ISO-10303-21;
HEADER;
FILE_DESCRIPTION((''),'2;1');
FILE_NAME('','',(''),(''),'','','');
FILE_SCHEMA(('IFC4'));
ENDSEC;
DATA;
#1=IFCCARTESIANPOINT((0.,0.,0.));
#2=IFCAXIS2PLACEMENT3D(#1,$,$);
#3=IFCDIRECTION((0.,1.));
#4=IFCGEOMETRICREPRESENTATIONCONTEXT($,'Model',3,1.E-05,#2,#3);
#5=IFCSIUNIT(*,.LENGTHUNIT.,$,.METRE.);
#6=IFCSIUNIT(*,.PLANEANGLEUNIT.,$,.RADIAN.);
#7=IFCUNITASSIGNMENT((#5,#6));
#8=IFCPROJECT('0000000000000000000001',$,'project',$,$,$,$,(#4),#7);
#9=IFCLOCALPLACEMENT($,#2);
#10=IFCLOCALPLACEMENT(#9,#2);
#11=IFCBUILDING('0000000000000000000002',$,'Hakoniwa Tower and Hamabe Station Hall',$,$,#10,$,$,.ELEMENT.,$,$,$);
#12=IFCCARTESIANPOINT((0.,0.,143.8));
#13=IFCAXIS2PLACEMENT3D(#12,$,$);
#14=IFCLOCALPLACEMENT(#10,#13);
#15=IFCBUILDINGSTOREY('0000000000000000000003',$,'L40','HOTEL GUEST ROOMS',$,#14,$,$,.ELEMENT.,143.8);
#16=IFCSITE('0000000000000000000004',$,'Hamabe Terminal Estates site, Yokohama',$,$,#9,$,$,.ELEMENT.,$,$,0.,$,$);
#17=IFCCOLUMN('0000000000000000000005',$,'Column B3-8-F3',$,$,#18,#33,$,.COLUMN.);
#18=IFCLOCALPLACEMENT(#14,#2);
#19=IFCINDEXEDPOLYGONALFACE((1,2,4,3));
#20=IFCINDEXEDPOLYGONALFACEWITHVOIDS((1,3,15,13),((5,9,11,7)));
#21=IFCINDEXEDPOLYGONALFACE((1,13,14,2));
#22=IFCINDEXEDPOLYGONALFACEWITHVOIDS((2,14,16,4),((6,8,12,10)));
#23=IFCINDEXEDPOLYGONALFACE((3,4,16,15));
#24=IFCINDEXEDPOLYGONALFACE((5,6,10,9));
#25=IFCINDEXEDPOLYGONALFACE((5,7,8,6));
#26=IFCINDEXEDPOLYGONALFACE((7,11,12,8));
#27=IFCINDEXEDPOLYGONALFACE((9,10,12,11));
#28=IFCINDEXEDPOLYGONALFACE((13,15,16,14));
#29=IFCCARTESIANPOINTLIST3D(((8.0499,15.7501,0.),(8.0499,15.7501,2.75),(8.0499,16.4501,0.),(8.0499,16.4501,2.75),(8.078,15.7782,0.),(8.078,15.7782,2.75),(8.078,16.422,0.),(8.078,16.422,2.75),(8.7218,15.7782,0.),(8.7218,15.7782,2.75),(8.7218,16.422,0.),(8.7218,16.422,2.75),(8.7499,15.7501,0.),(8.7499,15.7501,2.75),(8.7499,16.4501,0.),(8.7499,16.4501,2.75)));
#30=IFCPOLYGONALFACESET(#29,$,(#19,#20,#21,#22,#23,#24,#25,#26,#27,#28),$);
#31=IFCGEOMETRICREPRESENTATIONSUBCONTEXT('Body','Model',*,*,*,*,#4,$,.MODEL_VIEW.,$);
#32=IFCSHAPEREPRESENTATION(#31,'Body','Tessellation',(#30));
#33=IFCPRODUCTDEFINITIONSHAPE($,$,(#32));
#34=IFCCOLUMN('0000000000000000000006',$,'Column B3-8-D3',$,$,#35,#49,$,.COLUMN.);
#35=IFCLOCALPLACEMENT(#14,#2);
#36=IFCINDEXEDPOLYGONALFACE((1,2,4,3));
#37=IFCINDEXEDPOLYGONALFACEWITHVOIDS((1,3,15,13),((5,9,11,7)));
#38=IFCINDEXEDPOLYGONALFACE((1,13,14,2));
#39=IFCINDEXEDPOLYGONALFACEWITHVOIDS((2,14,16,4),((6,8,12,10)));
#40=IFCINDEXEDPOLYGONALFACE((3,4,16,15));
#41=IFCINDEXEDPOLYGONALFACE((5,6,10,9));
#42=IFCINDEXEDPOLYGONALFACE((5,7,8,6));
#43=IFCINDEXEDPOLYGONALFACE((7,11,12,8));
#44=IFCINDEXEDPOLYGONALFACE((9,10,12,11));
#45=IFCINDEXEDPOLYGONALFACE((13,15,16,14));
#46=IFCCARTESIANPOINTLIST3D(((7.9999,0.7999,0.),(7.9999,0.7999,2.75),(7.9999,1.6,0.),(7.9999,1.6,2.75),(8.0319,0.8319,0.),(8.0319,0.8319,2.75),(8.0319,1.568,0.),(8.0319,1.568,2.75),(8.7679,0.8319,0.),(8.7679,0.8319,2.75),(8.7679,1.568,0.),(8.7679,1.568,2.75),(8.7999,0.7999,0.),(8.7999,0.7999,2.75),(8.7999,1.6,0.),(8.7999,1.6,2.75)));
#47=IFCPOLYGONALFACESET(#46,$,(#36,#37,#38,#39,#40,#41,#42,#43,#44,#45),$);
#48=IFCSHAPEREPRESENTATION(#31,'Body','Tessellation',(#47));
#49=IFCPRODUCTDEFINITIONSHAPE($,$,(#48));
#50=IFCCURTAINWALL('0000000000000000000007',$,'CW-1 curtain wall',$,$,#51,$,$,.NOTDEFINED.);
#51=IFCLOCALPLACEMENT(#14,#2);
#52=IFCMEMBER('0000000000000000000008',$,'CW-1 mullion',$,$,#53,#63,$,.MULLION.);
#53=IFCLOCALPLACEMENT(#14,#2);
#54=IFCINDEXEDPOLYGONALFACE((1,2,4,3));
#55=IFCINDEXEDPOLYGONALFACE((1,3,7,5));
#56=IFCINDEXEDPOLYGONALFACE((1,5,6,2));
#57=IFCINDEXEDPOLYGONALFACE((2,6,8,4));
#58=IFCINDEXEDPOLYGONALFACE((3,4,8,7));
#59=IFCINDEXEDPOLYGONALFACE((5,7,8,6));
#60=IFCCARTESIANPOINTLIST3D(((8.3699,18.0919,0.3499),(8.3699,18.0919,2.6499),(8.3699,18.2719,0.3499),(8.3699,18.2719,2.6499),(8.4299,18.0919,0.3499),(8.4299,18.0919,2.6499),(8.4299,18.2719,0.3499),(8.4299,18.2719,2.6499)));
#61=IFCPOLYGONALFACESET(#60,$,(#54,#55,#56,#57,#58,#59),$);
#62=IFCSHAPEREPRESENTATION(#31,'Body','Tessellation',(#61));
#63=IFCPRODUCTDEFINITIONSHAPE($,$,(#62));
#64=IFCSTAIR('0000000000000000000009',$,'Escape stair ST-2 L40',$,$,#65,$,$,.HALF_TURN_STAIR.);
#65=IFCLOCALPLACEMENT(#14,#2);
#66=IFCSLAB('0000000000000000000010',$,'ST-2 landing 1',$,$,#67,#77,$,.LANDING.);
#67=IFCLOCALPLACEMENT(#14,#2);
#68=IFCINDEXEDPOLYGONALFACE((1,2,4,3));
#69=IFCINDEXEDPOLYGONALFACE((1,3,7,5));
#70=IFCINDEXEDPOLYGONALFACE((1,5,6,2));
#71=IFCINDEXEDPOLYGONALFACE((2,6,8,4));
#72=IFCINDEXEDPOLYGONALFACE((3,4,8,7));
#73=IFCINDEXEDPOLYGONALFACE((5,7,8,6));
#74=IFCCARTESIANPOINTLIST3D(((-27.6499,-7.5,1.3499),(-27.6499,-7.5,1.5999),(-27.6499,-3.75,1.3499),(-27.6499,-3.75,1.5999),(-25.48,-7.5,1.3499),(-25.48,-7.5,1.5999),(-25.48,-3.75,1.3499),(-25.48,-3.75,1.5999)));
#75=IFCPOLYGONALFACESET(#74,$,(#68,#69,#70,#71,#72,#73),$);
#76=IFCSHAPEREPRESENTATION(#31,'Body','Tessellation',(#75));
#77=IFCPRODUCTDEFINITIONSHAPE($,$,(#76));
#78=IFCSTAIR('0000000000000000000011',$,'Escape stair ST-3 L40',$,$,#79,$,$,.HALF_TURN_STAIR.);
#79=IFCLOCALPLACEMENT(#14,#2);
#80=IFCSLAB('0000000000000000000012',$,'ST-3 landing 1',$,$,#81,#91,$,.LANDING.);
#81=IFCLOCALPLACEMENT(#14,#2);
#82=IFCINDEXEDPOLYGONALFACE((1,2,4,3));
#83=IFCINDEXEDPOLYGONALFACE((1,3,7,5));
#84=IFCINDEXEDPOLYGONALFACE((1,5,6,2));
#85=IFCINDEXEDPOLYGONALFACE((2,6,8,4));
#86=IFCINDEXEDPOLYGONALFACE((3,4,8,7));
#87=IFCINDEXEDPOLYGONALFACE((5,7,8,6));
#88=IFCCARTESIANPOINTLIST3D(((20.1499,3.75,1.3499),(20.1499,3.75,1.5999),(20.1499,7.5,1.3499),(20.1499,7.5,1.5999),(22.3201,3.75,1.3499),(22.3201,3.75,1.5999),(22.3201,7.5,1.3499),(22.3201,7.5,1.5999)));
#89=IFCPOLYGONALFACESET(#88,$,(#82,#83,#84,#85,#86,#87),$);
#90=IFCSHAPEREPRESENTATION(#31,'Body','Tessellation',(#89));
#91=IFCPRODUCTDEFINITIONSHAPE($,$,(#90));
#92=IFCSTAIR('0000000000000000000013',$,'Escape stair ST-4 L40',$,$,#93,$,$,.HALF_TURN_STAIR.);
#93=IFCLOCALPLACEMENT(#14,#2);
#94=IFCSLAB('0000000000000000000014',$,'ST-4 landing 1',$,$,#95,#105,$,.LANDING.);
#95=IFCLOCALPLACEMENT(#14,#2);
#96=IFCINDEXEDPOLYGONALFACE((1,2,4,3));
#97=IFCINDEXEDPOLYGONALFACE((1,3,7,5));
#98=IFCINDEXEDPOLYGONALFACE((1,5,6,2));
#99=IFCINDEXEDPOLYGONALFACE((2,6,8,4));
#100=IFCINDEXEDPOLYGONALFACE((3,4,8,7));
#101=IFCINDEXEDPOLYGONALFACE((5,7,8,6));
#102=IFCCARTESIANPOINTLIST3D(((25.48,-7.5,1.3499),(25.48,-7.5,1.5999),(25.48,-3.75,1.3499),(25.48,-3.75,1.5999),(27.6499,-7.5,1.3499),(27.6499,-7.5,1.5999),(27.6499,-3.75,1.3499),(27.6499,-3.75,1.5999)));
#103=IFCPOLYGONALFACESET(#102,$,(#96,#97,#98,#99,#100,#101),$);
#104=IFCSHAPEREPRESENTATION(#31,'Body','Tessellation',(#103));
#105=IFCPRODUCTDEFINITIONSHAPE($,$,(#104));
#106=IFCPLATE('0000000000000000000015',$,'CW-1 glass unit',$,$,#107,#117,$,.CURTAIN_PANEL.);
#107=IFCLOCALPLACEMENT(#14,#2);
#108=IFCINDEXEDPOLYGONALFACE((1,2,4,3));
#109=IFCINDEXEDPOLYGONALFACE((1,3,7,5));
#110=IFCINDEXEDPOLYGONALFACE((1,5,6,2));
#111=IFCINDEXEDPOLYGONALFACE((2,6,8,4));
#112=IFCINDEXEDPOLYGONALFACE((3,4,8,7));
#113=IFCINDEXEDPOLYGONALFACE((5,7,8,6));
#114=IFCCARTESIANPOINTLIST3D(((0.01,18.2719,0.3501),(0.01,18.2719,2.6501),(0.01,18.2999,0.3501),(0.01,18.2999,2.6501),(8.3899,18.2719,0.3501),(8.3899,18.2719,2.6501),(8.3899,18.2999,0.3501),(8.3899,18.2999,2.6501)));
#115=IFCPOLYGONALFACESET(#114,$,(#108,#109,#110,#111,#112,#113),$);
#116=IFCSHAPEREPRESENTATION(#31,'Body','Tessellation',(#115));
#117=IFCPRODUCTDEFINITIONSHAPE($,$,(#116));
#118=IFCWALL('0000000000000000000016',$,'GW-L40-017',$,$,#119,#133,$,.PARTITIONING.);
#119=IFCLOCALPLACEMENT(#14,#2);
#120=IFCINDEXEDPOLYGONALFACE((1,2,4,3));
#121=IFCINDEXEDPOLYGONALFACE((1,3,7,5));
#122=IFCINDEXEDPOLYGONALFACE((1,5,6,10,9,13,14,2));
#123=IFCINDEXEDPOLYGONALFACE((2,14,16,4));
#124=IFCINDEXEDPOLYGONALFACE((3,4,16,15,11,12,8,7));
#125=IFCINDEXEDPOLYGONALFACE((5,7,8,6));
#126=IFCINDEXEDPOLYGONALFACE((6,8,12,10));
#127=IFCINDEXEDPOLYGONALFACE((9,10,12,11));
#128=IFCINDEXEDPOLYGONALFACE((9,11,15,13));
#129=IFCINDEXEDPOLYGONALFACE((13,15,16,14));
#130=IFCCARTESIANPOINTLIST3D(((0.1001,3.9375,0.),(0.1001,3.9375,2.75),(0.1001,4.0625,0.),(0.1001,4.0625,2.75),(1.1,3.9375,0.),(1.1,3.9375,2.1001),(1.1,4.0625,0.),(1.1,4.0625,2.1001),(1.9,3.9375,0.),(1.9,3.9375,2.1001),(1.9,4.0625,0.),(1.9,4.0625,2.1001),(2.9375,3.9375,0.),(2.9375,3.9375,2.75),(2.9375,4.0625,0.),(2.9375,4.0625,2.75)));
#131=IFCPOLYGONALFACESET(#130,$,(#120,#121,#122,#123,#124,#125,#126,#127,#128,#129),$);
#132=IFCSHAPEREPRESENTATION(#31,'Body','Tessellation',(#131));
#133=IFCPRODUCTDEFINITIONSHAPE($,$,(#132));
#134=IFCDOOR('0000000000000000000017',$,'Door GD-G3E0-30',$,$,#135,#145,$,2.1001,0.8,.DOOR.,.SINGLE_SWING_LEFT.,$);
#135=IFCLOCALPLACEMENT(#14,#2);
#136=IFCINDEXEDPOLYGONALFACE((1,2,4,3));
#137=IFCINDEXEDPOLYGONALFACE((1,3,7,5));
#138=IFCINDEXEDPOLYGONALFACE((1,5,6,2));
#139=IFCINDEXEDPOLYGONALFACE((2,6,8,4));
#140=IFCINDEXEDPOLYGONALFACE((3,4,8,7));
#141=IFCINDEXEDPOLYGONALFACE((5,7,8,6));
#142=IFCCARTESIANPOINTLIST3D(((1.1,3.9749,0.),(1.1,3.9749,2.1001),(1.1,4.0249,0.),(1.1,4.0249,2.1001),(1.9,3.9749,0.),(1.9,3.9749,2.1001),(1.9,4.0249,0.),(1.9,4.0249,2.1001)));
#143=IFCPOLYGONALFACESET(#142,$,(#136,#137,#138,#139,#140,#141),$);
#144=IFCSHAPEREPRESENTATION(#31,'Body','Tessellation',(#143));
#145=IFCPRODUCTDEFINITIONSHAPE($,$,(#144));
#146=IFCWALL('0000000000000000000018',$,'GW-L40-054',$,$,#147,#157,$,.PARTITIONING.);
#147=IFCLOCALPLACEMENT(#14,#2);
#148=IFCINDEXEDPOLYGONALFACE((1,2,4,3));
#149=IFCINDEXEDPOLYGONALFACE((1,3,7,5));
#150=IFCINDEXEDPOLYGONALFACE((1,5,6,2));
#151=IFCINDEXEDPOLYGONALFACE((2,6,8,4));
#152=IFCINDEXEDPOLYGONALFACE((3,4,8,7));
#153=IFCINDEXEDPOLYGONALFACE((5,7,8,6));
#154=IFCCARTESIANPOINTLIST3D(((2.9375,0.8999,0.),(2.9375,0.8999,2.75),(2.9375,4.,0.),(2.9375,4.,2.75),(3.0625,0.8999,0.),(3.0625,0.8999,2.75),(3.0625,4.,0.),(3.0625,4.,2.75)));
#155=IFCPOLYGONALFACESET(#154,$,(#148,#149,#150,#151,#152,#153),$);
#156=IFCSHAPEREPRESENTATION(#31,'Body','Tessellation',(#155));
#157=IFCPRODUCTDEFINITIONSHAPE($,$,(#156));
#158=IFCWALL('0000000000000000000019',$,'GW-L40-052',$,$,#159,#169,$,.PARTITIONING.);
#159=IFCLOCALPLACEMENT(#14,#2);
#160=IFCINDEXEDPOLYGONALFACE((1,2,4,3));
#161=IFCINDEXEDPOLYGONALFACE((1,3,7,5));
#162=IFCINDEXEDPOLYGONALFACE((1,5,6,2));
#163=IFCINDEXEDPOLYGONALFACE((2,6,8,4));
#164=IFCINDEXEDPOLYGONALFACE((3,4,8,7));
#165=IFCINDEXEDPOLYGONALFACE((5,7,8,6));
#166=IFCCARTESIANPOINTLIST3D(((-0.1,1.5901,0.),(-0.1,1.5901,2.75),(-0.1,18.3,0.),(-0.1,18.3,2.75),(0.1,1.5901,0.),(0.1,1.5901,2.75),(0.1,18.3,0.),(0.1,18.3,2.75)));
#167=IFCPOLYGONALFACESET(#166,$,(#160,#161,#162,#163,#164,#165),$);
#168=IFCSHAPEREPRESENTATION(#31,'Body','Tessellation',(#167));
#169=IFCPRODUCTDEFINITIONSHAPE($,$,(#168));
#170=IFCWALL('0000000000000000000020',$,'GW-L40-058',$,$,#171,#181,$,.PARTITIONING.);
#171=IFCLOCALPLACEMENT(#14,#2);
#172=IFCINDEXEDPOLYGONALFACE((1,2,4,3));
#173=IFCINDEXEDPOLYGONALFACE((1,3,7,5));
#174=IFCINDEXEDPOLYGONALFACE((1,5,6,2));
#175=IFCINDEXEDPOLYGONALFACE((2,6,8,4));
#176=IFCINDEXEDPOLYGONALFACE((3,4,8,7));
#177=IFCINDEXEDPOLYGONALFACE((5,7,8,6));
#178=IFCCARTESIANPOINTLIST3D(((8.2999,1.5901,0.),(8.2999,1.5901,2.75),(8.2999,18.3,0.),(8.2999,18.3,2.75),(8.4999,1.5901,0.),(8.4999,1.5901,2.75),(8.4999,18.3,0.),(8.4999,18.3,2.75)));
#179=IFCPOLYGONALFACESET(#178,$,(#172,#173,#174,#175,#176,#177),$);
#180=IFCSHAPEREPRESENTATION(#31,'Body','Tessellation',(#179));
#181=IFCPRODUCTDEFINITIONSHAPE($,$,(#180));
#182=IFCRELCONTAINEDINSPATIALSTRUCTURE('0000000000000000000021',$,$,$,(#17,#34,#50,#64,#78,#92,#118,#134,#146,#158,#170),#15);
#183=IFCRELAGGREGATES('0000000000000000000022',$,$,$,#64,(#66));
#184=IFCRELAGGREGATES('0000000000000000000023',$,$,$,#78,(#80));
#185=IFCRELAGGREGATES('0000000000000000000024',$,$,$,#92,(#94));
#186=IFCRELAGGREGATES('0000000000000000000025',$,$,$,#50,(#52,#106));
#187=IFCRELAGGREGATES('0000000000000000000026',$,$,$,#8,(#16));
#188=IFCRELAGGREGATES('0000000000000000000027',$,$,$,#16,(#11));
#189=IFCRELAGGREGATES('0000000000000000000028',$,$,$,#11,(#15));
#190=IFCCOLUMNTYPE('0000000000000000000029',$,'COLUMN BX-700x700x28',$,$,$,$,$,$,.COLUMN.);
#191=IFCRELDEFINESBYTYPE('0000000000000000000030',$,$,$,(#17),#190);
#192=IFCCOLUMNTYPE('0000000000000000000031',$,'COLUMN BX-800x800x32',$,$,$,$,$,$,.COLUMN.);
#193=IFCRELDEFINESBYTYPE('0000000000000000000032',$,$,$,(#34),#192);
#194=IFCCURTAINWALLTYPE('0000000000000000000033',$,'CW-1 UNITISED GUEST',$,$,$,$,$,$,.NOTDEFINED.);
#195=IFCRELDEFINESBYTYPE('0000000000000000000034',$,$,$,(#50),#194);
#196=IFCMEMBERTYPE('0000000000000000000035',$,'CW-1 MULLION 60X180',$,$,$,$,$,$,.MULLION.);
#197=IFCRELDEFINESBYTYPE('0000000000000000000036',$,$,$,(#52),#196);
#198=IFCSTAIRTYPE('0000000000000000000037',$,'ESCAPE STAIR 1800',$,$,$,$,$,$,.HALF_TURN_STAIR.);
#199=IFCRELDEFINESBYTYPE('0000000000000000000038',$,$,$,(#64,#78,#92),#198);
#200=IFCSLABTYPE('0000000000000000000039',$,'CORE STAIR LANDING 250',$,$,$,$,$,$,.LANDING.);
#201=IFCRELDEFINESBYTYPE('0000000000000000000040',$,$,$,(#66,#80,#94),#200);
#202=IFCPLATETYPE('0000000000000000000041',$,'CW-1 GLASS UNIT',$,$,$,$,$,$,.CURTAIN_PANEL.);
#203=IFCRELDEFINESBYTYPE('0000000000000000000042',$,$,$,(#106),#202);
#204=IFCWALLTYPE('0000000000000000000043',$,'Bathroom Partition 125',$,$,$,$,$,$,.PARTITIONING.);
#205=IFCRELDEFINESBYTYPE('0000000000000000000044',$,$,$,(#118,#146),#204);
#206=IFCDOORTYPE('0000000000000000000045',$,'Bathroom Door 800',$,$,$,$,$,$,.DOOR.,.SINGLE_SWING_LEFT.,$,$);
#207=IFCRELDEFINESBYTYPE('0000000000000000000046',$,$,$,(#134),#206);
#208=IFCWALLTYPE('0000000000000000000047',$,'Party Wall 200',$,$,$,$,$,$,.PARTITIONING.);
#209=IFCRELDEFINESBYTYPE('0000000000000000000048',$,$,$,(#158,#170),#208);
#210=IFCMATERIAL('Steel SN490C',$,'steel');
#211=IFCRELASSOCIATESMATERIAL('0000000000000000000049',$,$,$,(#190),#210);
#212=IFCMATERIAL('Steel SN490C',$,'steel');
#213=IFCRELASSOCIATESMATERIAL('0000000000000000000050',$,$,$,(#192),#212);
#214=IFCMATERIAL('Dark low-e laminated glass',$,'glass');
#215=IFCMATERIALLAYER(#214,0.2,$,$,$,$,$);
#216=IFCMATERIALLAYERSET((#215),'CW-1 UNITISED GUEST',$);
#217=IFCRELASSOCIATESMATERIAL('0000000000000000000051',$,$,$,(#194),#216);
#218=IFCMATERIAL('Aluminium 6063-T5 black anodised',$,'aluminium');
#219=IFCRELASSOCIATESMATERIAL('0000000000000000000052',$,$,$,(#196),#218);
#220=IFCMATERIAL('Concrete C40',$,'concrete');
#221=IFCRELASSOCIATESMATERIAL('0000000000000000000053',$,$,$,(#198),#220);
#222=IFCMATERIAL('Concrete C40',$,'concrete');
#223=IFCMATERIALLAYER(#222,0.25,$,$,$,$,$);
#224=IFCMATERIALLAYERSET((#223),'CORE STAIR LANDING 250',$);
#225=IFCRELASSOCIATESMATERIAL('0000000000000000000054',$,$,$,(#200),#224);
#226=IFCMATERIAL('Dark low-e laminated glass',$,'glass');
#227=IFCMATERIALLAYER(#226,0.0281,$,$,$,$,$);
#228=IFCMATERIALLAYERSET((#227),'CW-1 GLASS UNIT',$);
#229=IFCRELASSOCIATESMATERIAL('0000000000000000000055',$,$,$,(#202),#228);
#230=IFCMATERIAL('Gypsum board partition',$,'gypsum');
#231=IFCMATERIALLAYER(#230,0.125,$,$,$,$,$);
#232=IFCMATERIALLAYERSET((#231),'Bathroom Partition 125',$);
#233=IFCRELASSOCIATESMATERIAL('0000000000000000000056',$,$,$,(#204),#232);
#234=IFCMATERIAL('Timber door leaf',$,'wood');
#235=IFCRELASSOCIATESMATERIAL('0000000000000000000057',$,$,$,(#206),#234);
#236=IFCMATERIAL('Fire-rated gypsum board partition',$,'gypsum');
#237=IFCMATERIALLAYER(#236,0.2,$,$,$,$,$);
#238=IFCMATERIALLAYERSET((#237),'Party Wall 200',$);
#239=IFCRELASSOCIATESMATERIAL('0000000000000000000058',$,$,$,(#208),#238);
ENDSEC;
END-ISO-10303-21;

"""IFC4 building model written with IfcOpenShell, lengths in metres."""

from ifc_helpers import new_model, si_unit, direction, frame, frame_2d, origin, origin_2d, place, context, subcontext, project, spatial, polyline, rectangle, hollow_rectangle, outline, extrude, material, layer, layer_set, material_profile, profile_set, type_object, element, fill, aggregate, save


model = new_model("IFC4")

# Units and contexts
model_context = context("Model", 3, precision=1e-05, world=origin(), true_north=direction((0.0, 1.0)))
body_context = subcontext(model_context, "Body", "Model", "MODEL_VIEW")
ifc_project = project(units=[si_unit("LENGTHUNIT", "METRE"), si_unit("PLANEANGLEUNIT", "RADIAN")], contexts=[model_context])

# Site, building, storey
site_placement = place(None, origin())
site = spatial("IfcSite", under=ifc_project, at=site_placement, Name="Hamabe Terminal Estates site, Yokohama", CompositionType="ELEMENT", RefElevation=0.0)
building_placement = place(site_placement, origin())
building = spatial("IfcBuilding", under=site, at=building_placement, Name="Hakoniwa Tower and Hamabe Station Hall", CompositionType="ELEMENT")
storey_placement = place(building_placement, frame((0.0, 0.0, 143.8)))
storey = spatial("IfcBuildingStorey", under=building, at=storey_placement, Name="L40", Description="HOTEL GUEST ROOMS", CompositionType="ELEMENT", Elevation=143.8)

# Columns
ifc_material_1 = material(Name="Steel SN490C", Category="steel")
ifc_material_profile_1 = material_profile(ifc_material_1, hollow_rectangle(XDim=0.7, YDim=0.7, WallThickness=0.0281, at=origin_2d()), Name="BX-700x700x28")
ifc_profile_set_1 = profile_set([ifc_material_profile_1], Name="Steel SN490C")
column_type_1 = type_object("IfcColumnType", Name="COLUMN BX-700x700x28", PredefinedType="COLUMN", material=ifc_profile_set_1)
column_1_placement = place(storey_placement, frame((8.3999, 16.1001, 0.0), z_axis=(0.0, 0.0, 1.0), x_axis=(1.0, 0.0, 0.0)))
element("IfcColumn", 1, at=column_1_placement, inside=storey, type_object=column_type_1, Name="Column B3-8-F3", PredefinedType="COLUMN", context=body_context, shape_type="SweptSolid", body=[
    extrude(hollow_rectangle(XDim=0.7, YDim=0.7, WallThickness=0.0281, at=origin_2d()), origin(), (0.0, 0.0, 1.0), 2.75),
])
ifc_material_2 = material(Name="Steel SN490C", Category="steel")
ifc_material_profile_2 = material_profile(ifc_material_2, hollow_rectangle(XDim=0.8, YDim=0.8, WallThickness=0.032, at=origin_2d()), Name="BX-800x800x32")
ifc_profile_set_2 = profile_set([ifc_material_profile_2], Name="Steel SN490C")
column_type_2 = type_object("IfcColumnType", Name="COLUMN BX-800x800x32", PredefinedType="COLUMN", material=ifc_profile_set_2)
column_2_placement = place(storey_placement, frame((8.3999, 1.2, 0.0), z_axis=(0.0, 0.0, 1.0), x_axis=(1.0, 0.0, 0.0)))
element("IfcColumn", 2, at=column_2_placement, inside=storey, type_object=column_type_2, Name="Column B3-8-D3", PredefinedType="COLUMN", context=body_context, shape_type="SweptSolid", body=[
    extrude(hollow_rectangle(XDim=0.8, YDim=0.8, WallThickness=0.032, at=origin_2d()), origin(), (0.0, 0.0, 1.0), 2.75),
])

# Curtain wall, member
ifc_material_3 = material(Name="Dark low-e laminated glass", Category="glass")
ifc_layer_1 = layer(ifc_material_3, 0.2)
ifc_layer_set_1 = layer_set([ifc_layer_1], Name="CW-1 UNITISED GUEST")
curtain_wall_type = type_object("IfcCurtainWallType", Name="CW-1 UNITISED GUEST", PredefinedType="NOTDEFINED", material=ifc_layer_set_1)
curtain_wall_placement = place(storey_placement, origin())
curtain_wall = element("IfcCurtainWall", 3, at=curtain_wall_placement, inside=storey, type_object=curtain_wall_type, Name="CW-1 curtain wall", PredefinedType="NOTDEFINED")
ifc_material_4 = material(Name="Aluminium 6063-T5 black anodised", Category="aluminium")
ifc_material_profile_3 = material_profile(ifc_material_4, rectangle(XDim=0.0601, YDim=0.1799, at=origin_2d()), Name="CW-1 MULLION 60X180")
ifc_profile_set_3 = profile_set([ifc_material_profile_3], Name="Aluminium 6063-T5 black anodised")
member_type = type_object("IfcMemberType", Name="CW-1 MULLION 60X180", PredefinedType="MULLION", material=ifc_profile_set_3)
member_placement = place(storey_placement, frame((8.3999, 18.1819, 0.3499), z_axis=(0.0, 0.0, 1.0), x_axis=(-1.0, 0.0, 0.0)))
member = element("IfcMember", 4, at=member_placement, type_object=member_type, Name="CW-1 mullion", PredefinedType="MULLION", context=body_context, shape_type="SweptSolid", body=[
    extrude(rectangle(XDim=0.0601, YDim=0.1799, at=origin_2d()), origin(), (0.0, 0.0, 1.0), 2.3),
])

# Stairs, slabs
ifc_material_5 = material(Name="Concrete C40", Category="concrete")
stair_type = type_object("IfcStairType", Name="ESCAPE STAIR 1800", PredefinedType="HALF_TURN_STAIR", material=ifc_material_5)
stair_1_placement = place(storey_placement, origin())
stair_1 = element("IfcStair", 5, at=stair_1_placement, inside=storey, type_object=stair_type, Name="Escape stair ST-2 L40", PredefinedType="HALF_TURN_STAIR")
ifc_material_6 = material(Name="Concrete C40", Category="concrete")
ifc_layer_2 = layer(ifc_material_6, 0.25)
ifc_layer_set_2 = layer_set([ifc_layer_2], Name="CORE STAIR LANDING 250")
slab_type = type_object("IfcSlabType", Name="CORE STAIR LANDING 250", PredefinedType="LANDING", material=ifc_layer_set_2)
slab_1_placement = place(storey_placement, frame((0.0, 0.0, 1.3499)))
slab_1 = element("IfcSlab", 6, at=slab_1_placement, type_object=slab_type, Name="ST-2 landing 1", PredefinedType="LANDING", context=body_context, shape_type="SweptSolid", body=[
    extrude(outline(polyline([(-25.48, -7.5), (-27.6499, -7.5), (-27.6499, -3.75), (-25.48, -3.75), (-25.48, -7.5)])), origin(), (0.0, 0.0, 1.0), 0.25),
])
aggregate(stair_1, [slab_1])
stair_2_placement = place(storey_placement, origin())
stair_2 = element("IfcStair", 7, at=stair_2_placement, inside=storey, type_object=stair_type, Name="Escape stair ST-3 L40", PredefinedType="HALF_TURN_STAIR")
slab_2_placement = place(storey_placement, frame((0.0, 0.0, 1.3499)))
slab_2 = element("IfcSlab", 8, at=slab_2_placement, type_object=slab_type, Name="ST-3 landing 1", PredefinedType="LANDING", context=body_context, shape_type="SweptSolid", body=[
    extrude(outline(polyline([(22.3201, 3.75), (20.1499, 3.75), (20.1499, 7.5), (22.3201, 7.5), (22.3201, 3.75)])), origin(), (0.0, 0.0, 1.0), 0.25),
])
aggregate(stair_2, [slab_2])
stair_3_placement = place(storey_placement, origin())
stair_3 = element("IfcStair", 9, at=stair_3_placement, inside=storey, type_object=stair_type, Name="Escape stair ST-4 L40", PredefinedType="HALF_TURN_STAIR")
slab_3_placement = place(storey_placement, frame((0.0, 0.0, 1.3499)))
slab_3 = element("IfcSlab", 10, at=slab_3_placement, type_object=slab_type, Name="ST-4 landing 1", PredefinedType="LANDING", context=body_context, shape_type="SweptSolid", body=[
    extrude(outline(polyline([(25.48, -7.5), (27.6499, -7.5), (27.6499, -3.75), (25.48, -3.75), (25.48, -7.5)])), origin(), (0.0, 0.0, 1.0), 0.25),
])
aggregate(stair_3, [slab_3])

# Plate
ifc_material_7 = material(Name="Dark low-e laminated glass", Category="glass")
ifc_layer_3 = layer(ifc_material_7, 0.0281)
ifc_layer_set_3 = layer_set([ifc_layer_3], Name="CW-1 GLASS UNIT")
plate_type = type_object("IfcPlateType", Name="CW-1 GLASS UNIT", PredefinedType="CURTAIN_PANEL", material=ifc_layer_set_3)
plate_placement = place(storey_placement, frame((4.2, 18.2859, 0.3501), z_axis=(0.0, 0.0, 1.0), x_axis=(-1.0, 0.0, 0.0)))
plate = element("IfcPlate", 11, at=plate_placement, type_object=plate_type, Name="CW-1 glass unit", PredefinedType="CURTAIN_PANEL", context=body_context, shape_type="SweptSolid", body=[
    extrude(rectangle(XDim=8.3799, YDim=0.0281, at=origin_2d()), origin(), (0.0, 0.0, 1.0), 2.3),
])
aggregate(curtain_wall, [member, plate])

# Wall, opening, door
ifc_material_8 = material(Name="Gypsum board partition", Category="gypsum")
ifc_layer_4 = layer(ifc_material_8, 0.125)
ifc_layer_set_4 = layer_set([ifc_layer_4], Name="Bathroom Partition 125")
wall_type_1 = type_object("IfcWallType", Name="Bathroom Partition 125", PredefinedType="PARTITIONING", material=ifc_layer_set_4)
wall_1_placement = place(storey_placement, frame((0.1001, 4.0, 0.0), z_axis=(0.0, 0.0, 1.0), x_axis=(1.0, 0.0, 0.0)))
wall_1 = element("IfcWall", 12, at=wall_1_placement, inside=storey, type_object=wall_type_1, Name="GW-L40-017", PredefinedType="PARTITIONING", context=body_context, shape_type="SweptSolid", body=[
    extrude(rectangle(XDim=2.8374, YDim=0.125, at=frame_2d((1.4187, 0.0))), origin(), (0.0, 0.0, 1.0), 2.75),
])
opening_1_placement = place(wall_1_placement, frame((1.0, 0.0, 0.0)))
opening_1 = element("IfcOpeningElement", 13, at=opening_1_placement, cuts=wall_1, PredefinedType="OPENING", context=body_context, shape_type="SweptSolid", body=[
    extrude(rectangle(XDim=0.8, YDim=2.1001, at=frame_2d((0.3999, 1.05))), frame((0.0, 0.0725, 0.0), z_axis=(0.0, -1.0, 0.0), x_axis=(1.0, 0.0, 0.0)), (0.0, 0.0, 1.0), 0.145),
])
ifc_material_9 = material(Name="Timber door leaf", Category="wood")
door_type_1 = type_object("IfcDoorType", Name="Bathroom Door 800", OperationType="SINGLE_SWING_LEFT", PredefinedType="DOOR", material=ifc_material_9)
door_1_placement = place(opening_1_placement, origin())
door_1 = element("IfcDoor", 14, at=door_1_placement, inside=storey, type_object=door_type_1, Name="Door GD-G3E0-30", OperationType="SINGLE_SWING_LEFT", OverallHeight=2.1001, OverallWidth=0.8, PredefinedType="DOOR", context=body_context, shape_type="SweptSolid", body=[
    extrude(rectangle(XDim=0.8, YDim=2.1001, at=frame_2d((0.3999, 1.05))), frame((0.0, 0.0249, 0.0), z_axis=(0.0, -1.0, 0.0), x_axis=(1.0, 0.0, 0.0)), (0.0, 0.0, 1.0), 0.05),
])
fill(opening_1, door_1)

# Walls
wall_2_placement = place(storey_placement, frame((3.0, 0.8999, 0.0), z_axis=(0.0, 0.0, 1.0), x_axis=(0.0, 1.0, 0.0)))
element("IfcWall", 15, at=wall_2_placement, inside=storey, type_object=wall_type_1, Name="GW-L40-054", PredefinedType="PARTITIONING", context=body_context, shape_type="SweptSolid", body=[
    extrude(rectangle(XDim=3.1001, YDim=0.125, at=frame_2d((1.55, 0.0))), origin(), (0.0, 0.0, 1.0), 2.75),
])
ifc_material_10 = material(Name="Fire-rated gypsum board partition", Category="gypsum")
ifc_layer_5 = layer(ifc_material_10, 0.2)
ifc_layer_set_5 = layer_set([ifc_layer_5], Name="Party Wall 200")
wall_type_2 = type_object("IfcWallType", Name="Party Wall 200", PredefinedType="PARTITIONING", material=ifc_layer_set_5)
for number, where, z_axis, x_axis, name in (
    (16, (0.0, 1.5901, 0.0), (0.0, 0.0, 1.0), (0.0, 1.0, 0.0), "GW-L40-052"),
    (17, (8.3999, 1.5901, 0.0), (0.0, 0.0, 1.0), (0.0, 1.0, 0.0), "GW-L40-058"),
):
    element("IfcWall", number, at=place(storey_placement, frame(where, z_axis=z_axis, x_axis=x_axis)), inside=storey, type_object=wall_type_2, Name=name, PredefinedType="PARTITIONING", context=body_context, shape_type="SweptSolid", body=[
        extrude(rectangle(XDim=16.71, YDim=0.2, at=frame_2d((8.355, 0.0))), origin(), (0.0, 0.0, 1.0), 2.75),
    ])

save(model, "model.ifc")
